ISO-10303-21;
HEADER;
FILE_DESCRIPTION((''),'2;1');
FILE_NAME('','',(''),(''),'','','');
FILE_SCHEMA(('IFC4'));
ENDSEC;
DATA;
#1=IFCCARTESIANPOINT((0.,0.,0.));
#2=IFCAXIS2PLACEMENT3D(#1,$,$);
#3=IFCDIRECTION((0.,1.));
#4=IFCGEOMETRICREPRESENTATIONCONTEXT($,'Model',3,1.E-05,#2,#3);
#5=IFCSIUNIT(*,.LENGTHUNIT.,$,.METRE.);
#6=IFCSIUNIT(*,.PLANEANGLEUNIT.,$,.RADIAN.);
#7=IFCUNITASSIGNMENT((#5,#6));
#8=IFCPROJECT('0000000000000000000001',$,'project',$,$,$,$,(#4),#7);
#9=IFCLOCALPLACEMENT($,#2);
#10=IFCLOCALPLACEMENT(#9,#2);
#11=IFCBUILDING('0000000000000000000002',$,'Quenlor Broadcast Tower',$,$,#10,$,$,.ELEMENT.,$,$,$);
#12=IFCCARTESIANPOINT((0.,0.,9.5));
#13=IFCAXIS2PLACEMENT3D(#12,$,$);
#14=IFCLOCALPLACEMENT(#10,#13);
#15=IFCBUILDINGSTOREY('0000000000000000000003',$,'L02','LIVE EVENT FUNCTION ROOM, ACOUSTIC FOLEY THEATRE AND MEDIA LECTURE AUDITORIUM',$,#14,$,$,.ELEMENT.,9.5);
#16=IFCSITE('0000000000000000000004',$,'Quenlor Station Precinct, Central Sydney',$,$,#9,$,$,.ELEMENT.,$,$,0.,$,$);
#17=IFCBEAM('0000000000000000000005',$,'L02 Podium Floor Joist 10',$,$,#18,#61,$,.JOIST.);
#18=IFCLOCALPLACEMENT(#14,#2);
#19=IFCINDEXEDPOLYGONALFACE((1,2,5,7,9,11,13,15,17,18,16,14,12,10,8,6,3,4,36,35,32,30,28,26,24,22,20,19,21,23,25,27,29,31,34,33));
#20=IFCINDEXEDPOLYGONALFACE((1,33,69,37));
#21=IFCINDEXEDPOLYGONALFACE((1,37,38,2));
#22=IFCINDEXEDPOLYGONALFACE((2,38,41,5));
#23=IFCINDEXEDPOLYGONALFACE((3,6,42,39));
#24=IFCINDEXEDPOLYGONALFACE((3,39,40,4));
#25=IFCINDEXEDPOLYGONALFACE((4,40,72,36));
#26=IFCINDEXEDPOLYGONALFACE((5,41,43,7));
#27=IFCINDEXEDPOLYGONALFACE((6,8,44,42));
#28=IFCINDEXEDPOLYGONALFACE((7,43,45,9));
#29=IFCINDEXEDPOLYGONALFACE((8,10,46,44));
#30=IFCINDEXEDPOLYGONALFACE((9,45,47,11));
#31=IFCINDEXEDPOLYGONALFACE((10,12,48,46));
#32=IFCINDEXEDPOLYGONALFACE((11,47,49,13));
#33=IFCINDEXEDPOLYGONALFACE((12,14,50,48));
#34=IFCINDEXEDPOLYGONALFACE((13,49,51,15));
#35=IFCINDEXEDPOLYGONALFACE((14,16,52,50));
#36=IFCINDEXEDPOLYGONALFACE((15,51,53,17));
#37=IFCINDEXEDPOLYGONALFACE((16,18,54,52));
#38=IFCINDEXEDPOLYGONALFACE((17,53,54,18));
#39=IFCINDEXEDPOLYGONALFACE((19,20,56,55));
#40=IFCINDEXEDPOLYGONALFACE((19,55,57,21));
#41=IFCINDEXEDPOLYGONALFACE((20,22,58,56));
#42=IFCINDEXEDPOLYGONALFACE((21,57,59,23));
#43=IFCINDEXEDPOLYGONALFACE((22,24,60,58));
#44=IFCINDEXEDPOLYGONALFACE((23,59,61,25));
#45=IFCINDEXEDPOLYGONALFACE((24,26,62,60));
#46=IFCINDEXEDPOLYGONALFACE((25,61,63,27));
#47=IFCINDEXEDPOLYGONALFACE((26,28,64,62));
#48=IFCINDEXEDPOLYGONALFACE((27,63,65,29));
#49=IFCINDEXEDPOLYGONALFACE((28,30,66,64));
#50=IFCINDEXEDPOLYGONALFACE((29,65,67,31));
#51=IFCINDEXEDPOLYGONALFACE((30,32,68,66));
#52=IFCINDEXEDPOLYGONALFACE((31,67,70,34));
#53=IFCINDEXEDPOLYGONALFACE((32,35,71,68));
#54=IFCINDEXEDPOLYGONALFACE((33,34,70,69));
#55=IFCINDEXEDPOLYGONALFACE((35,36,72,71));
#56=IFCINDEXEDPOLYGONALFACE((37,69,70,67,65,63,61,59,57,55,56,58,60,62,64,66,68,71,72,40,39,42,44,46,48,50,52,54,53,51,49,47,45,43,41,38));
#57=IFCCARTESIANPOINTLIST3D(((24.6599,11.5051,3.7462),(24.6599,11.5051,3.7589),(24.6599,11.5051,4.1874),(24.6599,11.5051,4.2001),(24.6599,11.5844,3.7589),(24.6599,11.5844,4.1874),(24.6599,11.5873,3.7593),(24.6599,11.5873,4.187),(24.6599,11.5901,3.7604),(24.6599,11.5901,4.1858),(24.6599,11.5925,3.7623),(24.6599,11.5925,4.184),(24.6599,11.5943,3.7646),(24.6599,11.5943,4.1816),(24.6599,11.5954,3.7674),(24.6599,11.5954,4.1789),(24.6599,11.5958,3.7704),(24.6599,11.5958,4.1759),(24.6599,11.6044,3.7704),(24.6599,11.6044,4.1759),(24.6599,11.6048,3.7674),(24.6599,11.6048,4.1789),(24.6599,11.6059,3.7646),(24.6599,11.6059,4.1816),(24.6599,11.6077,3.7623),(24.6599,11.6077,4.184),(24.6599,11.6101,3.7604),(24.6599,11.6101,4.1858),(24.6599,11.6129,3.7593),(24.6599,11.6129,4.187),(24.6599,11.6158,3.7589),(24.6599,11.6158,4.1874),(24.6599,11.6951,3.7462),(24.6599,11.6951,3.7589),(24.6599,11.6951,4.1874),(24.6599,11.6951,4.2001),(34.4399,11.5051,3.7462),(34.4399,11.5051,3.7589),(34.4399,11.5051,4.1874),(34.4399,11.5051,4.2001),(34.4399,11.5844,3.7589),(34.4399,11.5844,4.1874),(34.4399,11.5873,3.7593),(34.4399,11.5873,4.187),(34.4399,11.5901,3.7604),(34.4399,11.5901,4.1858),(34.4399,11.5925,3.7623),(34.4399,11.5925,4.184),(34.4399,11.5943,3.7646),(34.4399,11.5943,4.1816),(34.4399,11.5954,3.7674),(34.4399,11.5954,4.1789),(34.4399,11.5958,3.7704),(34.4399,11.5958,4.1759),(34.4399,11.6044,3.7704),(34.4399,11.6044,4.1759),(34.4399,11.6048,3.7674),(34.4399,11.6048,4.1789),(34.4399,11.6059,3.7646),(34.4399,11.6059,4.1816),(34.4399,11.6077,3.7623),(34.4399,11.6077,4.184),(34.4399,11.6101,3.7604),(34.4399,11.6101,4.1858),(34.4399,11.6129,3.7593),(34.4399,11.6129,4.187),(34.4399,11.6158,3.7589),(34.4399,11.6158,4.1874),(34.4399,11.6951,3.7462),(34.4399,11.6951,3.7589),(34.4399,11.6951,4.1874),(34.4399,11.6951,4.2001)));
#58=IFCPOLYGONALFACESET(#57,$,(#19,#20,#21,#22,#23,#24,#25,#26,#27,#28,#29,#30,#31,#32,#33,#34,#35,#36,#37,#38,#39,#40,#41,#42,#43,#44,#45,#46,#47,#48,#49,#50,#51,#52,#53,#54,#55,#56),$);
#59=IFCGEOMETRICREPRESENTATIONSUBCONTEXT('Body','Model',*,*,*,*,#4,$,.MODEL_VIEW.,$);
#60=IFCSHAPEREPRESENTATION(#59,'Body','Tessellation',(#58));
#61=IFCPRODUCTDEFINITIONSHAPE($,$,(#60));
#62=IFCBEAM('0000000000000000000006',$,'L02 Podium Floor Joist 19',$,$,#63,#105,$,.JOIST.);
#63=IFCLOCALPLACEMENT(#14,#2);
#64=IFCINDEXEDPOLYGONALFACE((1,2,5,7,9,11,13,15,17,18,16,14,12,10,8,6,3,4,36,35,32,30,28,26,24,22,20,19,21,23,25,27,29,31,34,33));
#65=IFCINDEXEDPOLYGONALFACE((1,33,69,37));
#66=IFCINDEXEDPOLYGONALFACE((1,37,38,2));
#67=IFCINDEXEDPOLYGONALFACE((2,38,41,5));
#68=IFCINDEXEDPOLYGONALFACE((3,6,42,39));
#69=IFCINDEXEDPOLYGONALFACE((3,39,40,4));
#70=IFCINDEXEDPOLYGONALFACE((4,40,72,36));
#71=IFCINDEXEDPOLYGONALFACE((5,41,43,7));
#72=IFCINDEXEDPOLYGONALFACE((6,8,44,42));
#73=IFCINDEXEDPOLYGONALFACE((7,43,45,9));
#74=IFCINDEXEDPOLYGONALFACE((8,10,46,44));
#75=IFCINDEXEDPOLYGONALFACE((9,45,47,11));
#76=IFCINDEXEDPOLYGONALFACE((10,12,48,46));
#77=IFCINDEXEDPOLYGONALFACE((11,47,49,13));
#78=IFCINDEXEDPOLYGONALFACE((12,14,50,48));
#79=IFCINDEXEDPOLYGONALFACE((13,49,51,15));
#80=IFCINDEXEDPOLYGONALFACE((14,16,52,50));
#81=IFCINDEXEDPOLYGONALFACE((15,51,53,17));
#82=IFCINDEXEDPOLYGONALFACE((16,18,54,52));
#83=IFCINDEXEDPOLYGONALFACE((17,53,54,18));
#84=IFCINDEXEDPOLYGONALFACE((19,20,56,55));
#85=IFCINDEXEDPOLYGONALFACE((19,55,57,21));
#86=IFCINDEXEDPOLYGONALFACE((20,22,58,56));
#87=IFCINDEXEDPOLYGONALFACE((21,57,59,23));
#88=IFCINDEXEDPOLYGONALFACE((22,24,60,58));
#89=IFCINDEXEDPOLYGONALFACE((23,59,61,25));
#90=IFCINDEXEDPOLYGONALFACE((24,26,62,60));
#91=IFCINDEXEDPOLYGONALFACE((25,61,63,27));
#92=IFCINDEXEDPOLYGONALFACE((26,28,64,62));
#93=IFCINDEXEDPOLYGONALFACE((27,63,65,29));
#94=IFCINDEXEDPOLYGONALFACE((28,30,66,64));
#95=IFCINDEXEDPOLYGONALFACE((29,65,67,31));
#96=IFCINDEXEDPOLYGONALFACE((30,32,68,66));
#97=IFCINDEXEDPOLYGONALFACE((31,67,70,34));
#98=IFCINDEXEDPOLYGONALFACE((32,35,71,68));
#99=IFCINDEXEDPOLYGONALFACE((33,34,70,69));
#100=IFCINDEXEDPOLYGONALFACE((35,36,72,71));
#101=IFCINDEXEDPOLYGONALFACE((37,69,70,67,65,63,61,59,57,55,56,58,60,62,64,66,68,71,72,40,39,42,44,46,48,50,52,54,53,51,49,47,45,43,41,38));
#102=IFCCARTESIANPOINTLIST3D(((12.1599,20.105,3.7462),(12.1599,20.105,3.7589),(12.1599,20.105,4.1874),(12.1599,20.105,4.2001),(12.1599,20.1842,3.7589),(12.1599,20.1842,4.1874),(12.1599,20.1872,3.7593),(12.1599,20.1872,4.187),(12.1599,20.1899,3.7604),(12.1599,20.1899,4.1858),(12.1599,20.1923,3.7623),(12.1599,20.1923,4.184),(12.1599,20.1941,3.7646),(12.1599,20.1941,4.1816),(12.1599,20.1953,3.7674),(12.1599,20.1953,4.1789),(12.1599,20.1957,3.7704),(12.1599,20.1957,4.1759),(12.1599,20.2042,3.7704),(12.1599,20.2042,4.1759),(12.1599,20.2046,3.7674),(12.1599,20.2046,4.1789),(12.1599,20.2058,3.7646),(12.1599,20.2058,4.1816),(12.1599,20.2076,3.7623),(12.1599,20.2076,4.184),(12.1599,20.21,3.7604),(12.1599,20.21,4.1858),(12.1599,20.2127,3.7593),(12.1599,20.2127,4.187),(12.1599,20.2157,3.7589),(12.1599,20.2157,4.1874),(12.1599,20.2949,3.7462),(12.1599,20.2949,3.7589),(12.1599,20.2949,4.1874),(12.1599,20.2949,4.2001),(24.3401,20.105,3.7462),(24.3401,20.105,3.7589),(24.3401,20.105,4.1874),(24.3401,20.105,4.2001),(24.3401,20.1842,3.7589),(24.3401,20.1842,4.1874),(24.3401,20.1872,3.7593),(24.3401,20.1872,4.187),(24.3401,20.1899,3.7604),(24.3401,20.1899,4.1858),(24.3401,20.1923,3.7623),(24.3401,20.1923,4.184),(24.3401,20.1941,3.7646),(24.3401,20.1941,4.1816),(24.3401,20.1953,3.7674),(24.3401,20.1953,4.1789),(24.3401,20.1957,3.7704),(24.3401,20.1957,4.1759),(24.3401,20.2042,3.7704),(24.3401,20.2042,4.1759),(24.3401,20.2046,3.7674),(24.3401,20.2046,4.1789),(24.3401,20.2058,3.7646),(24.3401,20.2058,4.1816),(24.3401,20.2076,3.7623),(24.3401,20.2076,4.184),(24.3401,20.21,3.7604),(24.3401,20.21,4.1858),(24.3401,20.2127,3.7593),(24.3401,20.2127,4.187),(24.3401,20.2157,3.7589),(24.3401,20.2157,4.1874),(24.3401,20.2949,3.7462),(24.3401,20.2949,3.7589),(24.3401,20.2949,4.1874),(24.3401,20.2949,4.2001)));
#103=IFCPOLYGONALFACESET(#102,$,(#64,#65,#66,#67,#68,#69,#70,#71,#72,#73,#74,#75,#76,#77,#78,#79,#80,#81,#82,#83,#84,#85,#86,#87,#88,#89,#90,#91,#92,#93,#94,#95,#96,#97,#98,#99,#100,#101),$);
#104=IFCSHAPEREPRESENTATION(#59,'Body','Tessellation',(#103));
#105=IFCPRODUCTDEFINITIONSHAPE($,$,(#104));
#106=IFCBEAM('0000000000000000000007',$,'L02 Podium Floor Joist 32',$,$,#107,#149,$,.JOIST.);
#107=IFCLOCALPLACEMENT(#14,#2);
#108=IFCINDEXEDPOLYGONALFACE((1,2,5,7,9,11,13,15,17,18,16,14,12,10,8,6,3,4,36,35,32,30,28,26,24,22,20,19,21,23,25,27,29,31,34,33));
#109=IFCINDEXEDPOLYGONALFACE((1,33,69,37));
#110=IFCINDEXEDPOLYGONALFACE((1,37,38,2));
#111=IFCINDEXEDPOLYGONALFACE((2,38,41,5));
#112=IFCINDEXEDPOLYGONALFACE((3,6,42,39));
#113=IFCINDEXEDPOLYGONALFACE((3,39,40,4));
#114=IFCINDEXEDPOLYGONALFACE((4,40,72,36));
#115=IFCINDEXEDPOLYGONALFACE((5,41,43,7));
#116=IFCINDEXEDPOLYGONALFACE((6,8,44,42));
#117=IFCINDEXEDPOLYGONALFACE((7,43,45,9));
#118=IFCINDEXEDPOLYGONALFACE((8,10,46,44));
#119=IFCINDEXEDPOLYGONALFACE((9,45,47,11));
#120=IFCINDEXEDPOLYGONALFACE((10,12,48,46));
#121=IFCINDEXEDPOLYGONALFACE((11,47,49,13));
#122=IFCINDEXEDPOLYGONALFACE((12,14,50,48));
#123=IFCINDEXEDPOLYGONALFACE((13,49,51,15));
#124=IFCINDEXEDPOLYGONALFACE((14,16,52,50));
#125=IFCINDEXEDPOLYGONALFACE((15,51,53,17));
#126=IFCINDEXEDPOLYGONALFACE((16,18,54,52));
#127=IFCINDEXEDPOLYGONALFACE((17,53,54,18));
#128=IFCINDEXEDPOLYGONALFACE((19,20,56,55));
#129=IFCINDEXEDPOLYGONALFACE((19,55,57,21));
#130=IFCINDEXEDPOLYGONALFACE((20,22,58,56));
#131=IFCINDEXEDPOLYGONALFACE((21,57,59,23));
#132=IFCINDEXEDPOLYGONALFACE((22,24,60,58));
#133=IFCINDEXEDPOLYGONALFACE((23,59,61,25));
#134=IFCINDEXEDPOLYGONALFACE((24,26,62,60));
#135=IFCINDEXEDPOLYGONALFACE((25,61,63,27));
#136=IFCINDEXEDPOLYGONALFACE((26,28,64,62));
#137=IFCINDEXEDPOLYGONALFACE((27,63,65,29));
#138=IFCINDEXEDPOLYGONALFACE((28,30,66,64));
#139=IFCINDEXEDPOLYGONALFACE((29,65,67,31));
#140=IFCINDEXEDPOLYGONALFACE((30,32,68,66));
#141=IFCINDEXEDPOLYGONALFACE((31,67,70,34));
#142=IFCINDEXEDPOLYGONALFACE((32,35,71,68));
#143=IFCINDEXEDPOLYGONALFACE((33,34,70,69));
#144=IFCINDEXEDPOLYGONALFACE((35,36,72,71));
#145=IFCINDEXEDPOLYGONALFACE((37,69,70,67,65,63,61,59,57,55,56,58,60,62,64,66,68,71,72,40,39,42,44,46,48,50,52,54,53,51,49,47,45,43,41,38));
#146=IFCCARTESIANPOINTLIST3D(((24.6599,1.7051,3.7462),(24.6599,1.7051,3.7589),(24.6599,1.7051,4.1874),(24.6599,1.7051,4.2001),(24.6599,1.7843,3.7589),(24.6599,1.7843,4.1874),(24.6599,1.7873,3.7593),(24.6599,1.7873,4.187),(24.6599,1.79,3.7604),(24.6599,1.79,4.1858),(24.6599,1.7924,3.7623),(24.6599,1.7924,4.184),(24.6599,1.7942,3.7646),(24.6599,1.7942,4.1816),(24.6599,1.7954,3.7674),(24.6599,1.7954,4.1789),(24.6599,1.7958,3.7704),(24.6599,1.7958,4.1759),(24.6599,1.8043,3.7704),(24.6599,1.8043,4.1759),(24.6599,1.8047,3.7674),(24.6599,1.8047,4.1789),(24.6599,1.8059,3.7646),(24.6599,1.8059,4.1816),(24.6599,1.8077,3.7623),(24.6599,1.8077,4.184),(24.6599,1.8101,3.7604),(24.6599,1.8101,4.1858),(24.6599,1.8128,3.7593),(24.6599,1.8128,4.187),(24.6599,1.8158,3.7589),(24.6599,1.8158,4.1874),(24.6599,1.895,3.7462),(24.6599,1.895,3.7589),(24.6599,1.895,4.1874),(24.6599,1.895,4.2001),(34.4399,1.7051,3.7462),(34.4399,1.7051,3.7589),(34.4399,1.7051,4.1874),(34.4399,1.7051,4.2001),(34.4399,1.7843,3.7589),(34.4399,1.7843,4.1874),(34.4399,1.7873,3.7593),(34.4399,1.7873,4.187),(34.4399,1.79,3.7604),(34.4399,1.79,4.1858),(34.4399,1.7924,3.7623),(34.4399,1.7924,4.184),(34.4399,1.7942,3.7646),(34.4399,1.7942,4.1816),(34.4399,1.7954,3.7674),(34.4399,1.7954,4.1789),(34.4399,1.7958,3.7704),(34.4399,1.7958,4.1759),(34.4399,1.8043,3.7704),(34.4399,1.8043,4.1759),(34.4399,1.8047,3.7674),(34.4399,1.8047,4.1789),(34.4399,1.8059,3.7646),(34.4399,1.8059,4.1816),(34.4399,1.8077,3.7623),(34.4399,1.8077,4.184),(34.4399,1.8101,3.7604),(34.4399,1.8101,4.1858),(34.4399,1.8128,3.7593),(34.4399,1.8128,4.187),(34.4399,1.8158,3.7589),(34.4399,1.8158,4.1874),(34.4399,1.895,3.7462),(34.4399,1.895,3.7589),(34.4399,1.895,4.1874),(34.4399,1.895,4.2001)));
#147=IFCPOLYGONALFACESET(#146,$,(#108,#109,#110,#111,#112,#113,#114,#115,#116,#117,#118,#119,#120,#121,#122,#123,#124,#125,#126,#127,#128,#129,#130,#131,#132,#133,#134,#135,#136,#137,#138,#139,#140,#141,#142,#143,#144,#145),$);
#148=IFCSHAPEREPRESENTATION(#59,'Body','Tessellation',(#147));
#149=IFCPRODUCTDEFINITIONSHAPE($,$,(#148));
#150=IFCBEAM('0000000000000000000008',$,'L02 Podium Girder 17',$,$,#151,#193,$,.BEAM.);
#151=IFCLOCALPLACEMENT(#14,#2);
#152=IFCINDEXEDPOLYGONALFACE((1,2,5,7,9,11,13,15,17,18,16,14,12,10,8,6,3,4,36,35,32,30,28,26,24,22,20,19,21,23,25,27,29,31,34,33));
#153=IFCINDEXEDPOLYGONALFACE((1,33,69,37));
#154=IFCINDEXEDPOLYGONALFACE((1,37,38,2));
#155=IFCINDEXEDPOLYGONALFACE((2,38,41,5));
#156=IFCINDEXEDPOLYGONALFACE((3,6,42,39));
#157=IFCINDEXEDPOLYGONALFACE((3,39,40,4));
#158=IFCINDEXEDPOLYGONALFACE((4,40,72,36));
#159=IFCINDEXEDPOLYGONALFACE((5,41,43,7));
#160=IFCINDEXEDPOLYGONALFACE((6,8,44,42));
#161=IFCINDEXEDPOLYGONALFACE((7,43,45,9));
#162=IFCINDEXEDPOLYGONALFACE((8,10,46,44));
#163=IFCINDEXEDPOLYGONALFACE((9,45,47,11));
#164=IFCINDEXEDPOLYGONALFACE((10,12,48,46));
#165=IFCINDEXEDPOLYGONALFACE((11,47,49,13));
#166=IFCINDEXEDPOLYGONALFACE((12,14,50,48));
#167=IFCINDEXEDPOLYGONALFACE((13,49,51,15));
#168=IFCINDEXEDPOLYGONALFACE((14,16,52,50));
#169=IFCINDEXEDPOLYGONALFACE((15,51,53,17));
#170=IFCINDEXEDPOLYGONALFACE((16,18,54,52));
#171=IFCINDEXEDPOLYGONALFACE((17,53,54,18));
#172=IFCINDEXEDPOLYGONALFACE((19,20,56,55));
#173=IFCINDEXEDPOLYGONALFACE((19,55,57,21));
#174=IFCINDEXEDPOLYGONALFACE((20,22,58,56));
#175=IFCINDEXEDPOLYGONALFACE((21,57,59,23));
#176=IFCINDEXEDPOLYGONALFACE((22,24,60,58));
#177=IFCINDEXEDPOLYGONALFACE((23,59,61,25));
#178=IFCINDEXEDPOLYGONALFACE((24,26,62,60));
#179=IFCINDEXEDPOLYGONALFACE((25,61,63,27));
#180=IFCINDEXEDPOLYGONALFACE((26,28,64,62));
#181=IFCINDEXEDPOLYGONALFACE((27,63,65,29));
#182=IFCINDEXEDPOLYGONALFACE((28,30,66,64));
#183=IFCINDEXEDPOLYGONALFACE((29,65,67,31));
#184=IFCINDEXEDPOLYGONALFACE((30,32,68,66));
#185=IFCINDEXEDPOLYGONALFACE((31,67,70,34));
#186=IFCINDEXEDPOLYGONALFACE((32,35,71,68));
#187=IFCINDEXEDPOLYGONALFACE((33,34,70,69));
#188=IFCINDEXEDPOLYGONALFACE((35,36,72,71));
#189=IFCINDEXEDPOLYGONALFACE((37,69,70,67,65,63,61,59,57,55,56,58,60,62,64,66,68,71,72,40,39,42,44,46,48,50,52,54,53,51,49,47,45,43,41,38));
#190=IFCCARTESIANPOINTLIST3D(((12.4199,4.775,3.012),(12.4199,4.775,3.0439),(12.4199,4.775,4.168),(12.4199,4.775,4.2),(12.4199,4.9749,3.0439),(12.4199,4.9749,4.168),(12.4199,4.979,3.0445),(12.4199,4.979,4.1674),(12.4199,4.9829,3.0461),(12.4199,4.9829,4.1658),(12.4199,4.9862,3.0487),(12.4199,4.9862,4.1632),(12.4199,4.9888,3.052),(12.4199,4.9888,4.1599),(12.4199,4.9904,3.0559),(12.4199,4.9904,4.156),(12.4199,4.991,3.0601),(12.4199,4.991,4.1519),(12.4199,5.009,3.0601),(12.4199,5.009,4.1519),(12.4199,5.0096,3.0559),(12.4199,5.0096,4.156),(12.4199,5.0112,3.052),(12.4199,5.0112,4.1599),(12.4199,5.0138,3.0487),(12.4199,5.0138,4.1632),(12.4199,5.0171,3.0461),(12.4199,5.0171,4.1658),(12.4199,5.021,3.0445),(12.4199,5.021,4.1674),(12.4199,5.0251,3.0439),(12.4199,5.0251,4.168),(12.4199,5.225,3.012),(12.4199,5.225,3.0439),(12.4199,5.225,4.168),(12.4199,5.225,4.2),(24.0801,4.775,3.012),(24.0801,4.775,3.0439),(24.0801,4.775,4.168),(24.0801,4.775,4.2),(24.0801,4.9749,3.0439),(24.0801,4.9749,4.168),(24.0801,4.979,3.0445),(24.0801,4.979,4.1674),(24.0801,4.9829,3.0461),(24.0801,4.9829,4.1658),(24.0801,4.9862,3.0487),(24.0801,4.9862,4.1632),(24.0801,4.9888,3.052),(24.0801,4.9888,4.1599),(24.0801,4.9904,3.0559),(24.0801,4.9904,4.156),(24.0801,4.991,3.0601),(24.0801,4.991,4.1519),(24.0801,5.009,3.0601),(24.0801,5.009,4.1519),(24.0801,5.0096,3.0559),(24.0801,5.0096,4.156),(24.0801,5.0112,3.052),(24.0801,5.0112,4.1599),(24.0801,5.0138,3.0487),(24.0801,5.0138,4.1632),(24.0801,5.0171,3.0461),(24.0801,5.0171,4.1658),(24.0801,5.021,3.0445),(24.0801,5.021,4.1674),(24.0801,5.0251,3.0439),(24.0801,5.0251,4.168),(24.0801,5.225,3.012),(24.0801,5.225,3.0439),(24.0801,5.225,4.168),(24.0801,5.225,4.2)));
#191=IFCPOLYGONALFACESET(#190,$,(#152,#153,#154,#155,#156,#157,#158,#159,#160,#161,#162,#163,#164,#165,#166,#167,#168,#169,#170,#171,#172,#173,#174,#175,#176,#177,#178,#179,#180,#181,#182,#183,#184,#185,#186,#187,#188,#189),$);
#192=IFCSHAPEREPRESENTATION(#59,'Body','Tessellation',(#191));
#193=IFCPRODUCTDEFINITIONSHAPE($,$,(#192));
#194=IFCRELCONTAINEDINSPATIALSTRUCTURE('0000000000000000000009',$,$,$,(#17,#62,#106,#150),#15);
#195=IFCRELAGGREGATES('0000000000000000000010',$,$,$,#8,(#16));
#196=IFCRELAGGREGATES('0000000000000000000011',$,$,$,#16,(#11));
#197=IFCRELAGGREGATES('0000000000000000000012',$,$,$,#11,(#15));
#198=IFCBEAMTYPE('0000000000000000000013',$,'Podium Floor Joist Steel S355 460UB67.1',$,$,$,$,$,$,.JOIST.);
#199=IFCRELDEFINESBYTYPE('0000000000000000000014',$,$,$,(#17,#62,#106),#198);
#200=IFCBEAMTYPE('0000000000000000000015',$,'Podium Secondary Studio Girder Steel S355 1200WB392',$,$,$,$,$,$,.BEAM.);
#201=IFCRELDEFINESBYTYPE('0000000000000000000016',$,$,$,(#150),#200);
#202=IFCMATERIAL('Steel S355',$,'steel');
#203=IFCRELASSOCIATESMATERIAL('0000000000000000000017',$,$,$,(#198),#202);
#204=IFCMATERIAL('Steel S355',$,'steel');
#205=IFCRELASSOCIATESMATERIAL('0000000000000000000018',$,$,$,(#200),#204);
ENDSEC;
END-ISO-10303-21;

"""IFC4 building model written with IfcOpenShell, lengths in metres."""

from ifc_helpers import new_model, si_unit, direction, frame, origin, origin_2d, place, context, subcontext, project, spatial, i_section, extrude, material, material_profile, profile_set, type_object, element, save


model = new_model("IFC4")

# Units and contexts
model_context = context("Model", 3, precision=1e-05, world=origin(), true_north=direction((0.0, 1.0)))
body_context = subcontext(model_context, "Body", "Model", "MODEL_VIEW")
ifc_project = project(units=[si_unit("LENGTHUNIT", "METRE"), si_unit("PLANEANGLEUNIT", "RADIAN")], contexts=[model_context])

# Site, building, storey
site_placement = place(None, origin())
site = spatial("IfcSite", under=ifc_project, at=site_placement, Name="Quenlor Station Precinct, Central Sydney", CompositionType="ELEMENT", RefElevation=0.0)
building_placement = place(site_placement, origin())
building = spatial("IfcBuilding", under=site, at=building_placement, Name="Quenlor Broadcast Tower", CompositionType="ELEMENT")
storey_placement = place(building_placement, frame((0.0, 0.0, 9.5)))
storey = spatial("IfcBuildingStorey", under=building, at=storey_placement, Name="L02", Description="LIVE EVENT FUNCTION ROOM, ACOUSTIC FOLEY THEATRE AND MEDIA LECTURE AUDITORIUM", CompositionType="ELEMENT", Elevation=9.5)

# Beams
ifc_material_1 = material(Name="Steel S355", Category="steel")
ifc_material_profile_1 = material_profile(ifc_material_1, i_section(OverallWidth=0.1899, OverallDepth=0.4539, WebThickness=0.0085, FlangeThickness=0.0127, FilletRadius=0.0115, at=origin_2d()))
ifc_profile_set_1 = profile_set([ifc_material_profile_1], Name="Steel S355 460UB67.1")
beam_type_1 = type_object("IfcBeamType", Name="Podium Floor Joist Steel S355 460UB67.1", PredefinedType="JOIST", material=ifc_profile_set_1)
for number, where, z_axis, x_axis, name in (
    (1, (24.6599, 11.6001, 3.9731), (1.0, 0.0, 0.0), (0.0, 1.0, 0.0), "L02 Podium Floor Joist 10"),
):
    element("IfcBeam", number, at=place(storey_placement, frame(where, z_axis=z_axis, x_axis=x_axis)), inside=storey, type_object=beam_type_1, Name=name, PredefinedType="JOIST", context=body_context, shape_type="SweptSolid", body=[
        extrude(i_section(OverallWidth=0.1899, OverallDepth=0.4539, WebThickness=0.0085, FlangeThickness=0.0127, FilletRadius=0.0115, at=origin_2d()), origin(), (0.0, 0.0, 1.0), 9.78),
    ])
beam_1_placement = place(storey_placement, frame((12.1599, 20.2, 3.9731), z_axis=(1.0, 0.0, 0.0), x_axis=(0.0, 1.0, 0.0)))
element("IfcBeam", 2, at=beam_1_placement, inside=storey, type_object=beam_type_1, Name="L02 Podium Floor Joist 19", PredefinedType="JOIST", context=body_context, shape_type="SweptSolid", body=[
    extrude(i_section(OverallWidth=0.1899, OverallDepth=0.4539, WebThickness=0.0085, FlangeThickness=0.0127, FilletRadius=0.0115, at=origin_2d()), origin(), (0.0, 0.0, 1.0), 12.1802),
])
beam_2_placement = place(storey_placement, frame((24.6599, 1.8, 3.9731), z_axis=(1.0, 0.0, 0.0), x_axis=(0.0, 1.0, 0.0)))
element("IfcBeam", 3, at=beam_2_placement, inside=storey, type_object=beam_type_1, Name="L02 Podium Floor Joist 32", PredefinedType="JOIST", context=body_context, shape_type="SweptSolid", body=[
    extrude(i_section(OverallWidth=0.1899, OverallDepth=0.4539, WebThickness=0.0085, FlangeThickness=0.0127, FilletRadius=0.0115, at=origin_2d()), origin(), (0.0, 0.0, 1.0), 9.78),
])
ifc_material_2 = material(Name="Steel S355", Category="steel")
ifc_material_profile_2 = material_profile(ifc_material_2, i_section(OverallWidth=0.45, OverallDepth=1.188, WebThickness=0.0181, FlangeThickness=0.032, FilletRadius=0.0161, at=origin_2d()))
ifc_profile_set_2 = profile_set([ifc_material_profile_2], Name="Steel S355 1200WB392")
beam_type_2 = type_object("IfcBeamType", Name="Podium Secondary Studio Girder Steel S355 1200WB392", PredefinedType="BEAM", material=ifc_profile_set_2)
for number, where, z_axis, x_axis, name in (
    (4, (12.4199, 5.0, 3.606), (1.0, 0.0, 0.0), (0.0, 1.0, 0.0), "L02 Podium Girder 17"),
):
    element("IfcBeam", number, at=place(storey_placement, frame(where, z_axis=z_axis, x_axis=x_axis)), inside=storey, type_object=beam_type_2, Name=name, PredefinedType="BEAM", context=body_context, shape_type="SweptSolid", body=[
        extrude(i_section(OverallWidth=0.45, OverallDepth=1.188, WebThickness=0.0181, FlangeThickness=0.032, FilletRadius=0.0161, at=origin_2d()), origin(), (0.0, 0.0, 1.0), 11.6602),
    ])

save(model, "model.ifc")
